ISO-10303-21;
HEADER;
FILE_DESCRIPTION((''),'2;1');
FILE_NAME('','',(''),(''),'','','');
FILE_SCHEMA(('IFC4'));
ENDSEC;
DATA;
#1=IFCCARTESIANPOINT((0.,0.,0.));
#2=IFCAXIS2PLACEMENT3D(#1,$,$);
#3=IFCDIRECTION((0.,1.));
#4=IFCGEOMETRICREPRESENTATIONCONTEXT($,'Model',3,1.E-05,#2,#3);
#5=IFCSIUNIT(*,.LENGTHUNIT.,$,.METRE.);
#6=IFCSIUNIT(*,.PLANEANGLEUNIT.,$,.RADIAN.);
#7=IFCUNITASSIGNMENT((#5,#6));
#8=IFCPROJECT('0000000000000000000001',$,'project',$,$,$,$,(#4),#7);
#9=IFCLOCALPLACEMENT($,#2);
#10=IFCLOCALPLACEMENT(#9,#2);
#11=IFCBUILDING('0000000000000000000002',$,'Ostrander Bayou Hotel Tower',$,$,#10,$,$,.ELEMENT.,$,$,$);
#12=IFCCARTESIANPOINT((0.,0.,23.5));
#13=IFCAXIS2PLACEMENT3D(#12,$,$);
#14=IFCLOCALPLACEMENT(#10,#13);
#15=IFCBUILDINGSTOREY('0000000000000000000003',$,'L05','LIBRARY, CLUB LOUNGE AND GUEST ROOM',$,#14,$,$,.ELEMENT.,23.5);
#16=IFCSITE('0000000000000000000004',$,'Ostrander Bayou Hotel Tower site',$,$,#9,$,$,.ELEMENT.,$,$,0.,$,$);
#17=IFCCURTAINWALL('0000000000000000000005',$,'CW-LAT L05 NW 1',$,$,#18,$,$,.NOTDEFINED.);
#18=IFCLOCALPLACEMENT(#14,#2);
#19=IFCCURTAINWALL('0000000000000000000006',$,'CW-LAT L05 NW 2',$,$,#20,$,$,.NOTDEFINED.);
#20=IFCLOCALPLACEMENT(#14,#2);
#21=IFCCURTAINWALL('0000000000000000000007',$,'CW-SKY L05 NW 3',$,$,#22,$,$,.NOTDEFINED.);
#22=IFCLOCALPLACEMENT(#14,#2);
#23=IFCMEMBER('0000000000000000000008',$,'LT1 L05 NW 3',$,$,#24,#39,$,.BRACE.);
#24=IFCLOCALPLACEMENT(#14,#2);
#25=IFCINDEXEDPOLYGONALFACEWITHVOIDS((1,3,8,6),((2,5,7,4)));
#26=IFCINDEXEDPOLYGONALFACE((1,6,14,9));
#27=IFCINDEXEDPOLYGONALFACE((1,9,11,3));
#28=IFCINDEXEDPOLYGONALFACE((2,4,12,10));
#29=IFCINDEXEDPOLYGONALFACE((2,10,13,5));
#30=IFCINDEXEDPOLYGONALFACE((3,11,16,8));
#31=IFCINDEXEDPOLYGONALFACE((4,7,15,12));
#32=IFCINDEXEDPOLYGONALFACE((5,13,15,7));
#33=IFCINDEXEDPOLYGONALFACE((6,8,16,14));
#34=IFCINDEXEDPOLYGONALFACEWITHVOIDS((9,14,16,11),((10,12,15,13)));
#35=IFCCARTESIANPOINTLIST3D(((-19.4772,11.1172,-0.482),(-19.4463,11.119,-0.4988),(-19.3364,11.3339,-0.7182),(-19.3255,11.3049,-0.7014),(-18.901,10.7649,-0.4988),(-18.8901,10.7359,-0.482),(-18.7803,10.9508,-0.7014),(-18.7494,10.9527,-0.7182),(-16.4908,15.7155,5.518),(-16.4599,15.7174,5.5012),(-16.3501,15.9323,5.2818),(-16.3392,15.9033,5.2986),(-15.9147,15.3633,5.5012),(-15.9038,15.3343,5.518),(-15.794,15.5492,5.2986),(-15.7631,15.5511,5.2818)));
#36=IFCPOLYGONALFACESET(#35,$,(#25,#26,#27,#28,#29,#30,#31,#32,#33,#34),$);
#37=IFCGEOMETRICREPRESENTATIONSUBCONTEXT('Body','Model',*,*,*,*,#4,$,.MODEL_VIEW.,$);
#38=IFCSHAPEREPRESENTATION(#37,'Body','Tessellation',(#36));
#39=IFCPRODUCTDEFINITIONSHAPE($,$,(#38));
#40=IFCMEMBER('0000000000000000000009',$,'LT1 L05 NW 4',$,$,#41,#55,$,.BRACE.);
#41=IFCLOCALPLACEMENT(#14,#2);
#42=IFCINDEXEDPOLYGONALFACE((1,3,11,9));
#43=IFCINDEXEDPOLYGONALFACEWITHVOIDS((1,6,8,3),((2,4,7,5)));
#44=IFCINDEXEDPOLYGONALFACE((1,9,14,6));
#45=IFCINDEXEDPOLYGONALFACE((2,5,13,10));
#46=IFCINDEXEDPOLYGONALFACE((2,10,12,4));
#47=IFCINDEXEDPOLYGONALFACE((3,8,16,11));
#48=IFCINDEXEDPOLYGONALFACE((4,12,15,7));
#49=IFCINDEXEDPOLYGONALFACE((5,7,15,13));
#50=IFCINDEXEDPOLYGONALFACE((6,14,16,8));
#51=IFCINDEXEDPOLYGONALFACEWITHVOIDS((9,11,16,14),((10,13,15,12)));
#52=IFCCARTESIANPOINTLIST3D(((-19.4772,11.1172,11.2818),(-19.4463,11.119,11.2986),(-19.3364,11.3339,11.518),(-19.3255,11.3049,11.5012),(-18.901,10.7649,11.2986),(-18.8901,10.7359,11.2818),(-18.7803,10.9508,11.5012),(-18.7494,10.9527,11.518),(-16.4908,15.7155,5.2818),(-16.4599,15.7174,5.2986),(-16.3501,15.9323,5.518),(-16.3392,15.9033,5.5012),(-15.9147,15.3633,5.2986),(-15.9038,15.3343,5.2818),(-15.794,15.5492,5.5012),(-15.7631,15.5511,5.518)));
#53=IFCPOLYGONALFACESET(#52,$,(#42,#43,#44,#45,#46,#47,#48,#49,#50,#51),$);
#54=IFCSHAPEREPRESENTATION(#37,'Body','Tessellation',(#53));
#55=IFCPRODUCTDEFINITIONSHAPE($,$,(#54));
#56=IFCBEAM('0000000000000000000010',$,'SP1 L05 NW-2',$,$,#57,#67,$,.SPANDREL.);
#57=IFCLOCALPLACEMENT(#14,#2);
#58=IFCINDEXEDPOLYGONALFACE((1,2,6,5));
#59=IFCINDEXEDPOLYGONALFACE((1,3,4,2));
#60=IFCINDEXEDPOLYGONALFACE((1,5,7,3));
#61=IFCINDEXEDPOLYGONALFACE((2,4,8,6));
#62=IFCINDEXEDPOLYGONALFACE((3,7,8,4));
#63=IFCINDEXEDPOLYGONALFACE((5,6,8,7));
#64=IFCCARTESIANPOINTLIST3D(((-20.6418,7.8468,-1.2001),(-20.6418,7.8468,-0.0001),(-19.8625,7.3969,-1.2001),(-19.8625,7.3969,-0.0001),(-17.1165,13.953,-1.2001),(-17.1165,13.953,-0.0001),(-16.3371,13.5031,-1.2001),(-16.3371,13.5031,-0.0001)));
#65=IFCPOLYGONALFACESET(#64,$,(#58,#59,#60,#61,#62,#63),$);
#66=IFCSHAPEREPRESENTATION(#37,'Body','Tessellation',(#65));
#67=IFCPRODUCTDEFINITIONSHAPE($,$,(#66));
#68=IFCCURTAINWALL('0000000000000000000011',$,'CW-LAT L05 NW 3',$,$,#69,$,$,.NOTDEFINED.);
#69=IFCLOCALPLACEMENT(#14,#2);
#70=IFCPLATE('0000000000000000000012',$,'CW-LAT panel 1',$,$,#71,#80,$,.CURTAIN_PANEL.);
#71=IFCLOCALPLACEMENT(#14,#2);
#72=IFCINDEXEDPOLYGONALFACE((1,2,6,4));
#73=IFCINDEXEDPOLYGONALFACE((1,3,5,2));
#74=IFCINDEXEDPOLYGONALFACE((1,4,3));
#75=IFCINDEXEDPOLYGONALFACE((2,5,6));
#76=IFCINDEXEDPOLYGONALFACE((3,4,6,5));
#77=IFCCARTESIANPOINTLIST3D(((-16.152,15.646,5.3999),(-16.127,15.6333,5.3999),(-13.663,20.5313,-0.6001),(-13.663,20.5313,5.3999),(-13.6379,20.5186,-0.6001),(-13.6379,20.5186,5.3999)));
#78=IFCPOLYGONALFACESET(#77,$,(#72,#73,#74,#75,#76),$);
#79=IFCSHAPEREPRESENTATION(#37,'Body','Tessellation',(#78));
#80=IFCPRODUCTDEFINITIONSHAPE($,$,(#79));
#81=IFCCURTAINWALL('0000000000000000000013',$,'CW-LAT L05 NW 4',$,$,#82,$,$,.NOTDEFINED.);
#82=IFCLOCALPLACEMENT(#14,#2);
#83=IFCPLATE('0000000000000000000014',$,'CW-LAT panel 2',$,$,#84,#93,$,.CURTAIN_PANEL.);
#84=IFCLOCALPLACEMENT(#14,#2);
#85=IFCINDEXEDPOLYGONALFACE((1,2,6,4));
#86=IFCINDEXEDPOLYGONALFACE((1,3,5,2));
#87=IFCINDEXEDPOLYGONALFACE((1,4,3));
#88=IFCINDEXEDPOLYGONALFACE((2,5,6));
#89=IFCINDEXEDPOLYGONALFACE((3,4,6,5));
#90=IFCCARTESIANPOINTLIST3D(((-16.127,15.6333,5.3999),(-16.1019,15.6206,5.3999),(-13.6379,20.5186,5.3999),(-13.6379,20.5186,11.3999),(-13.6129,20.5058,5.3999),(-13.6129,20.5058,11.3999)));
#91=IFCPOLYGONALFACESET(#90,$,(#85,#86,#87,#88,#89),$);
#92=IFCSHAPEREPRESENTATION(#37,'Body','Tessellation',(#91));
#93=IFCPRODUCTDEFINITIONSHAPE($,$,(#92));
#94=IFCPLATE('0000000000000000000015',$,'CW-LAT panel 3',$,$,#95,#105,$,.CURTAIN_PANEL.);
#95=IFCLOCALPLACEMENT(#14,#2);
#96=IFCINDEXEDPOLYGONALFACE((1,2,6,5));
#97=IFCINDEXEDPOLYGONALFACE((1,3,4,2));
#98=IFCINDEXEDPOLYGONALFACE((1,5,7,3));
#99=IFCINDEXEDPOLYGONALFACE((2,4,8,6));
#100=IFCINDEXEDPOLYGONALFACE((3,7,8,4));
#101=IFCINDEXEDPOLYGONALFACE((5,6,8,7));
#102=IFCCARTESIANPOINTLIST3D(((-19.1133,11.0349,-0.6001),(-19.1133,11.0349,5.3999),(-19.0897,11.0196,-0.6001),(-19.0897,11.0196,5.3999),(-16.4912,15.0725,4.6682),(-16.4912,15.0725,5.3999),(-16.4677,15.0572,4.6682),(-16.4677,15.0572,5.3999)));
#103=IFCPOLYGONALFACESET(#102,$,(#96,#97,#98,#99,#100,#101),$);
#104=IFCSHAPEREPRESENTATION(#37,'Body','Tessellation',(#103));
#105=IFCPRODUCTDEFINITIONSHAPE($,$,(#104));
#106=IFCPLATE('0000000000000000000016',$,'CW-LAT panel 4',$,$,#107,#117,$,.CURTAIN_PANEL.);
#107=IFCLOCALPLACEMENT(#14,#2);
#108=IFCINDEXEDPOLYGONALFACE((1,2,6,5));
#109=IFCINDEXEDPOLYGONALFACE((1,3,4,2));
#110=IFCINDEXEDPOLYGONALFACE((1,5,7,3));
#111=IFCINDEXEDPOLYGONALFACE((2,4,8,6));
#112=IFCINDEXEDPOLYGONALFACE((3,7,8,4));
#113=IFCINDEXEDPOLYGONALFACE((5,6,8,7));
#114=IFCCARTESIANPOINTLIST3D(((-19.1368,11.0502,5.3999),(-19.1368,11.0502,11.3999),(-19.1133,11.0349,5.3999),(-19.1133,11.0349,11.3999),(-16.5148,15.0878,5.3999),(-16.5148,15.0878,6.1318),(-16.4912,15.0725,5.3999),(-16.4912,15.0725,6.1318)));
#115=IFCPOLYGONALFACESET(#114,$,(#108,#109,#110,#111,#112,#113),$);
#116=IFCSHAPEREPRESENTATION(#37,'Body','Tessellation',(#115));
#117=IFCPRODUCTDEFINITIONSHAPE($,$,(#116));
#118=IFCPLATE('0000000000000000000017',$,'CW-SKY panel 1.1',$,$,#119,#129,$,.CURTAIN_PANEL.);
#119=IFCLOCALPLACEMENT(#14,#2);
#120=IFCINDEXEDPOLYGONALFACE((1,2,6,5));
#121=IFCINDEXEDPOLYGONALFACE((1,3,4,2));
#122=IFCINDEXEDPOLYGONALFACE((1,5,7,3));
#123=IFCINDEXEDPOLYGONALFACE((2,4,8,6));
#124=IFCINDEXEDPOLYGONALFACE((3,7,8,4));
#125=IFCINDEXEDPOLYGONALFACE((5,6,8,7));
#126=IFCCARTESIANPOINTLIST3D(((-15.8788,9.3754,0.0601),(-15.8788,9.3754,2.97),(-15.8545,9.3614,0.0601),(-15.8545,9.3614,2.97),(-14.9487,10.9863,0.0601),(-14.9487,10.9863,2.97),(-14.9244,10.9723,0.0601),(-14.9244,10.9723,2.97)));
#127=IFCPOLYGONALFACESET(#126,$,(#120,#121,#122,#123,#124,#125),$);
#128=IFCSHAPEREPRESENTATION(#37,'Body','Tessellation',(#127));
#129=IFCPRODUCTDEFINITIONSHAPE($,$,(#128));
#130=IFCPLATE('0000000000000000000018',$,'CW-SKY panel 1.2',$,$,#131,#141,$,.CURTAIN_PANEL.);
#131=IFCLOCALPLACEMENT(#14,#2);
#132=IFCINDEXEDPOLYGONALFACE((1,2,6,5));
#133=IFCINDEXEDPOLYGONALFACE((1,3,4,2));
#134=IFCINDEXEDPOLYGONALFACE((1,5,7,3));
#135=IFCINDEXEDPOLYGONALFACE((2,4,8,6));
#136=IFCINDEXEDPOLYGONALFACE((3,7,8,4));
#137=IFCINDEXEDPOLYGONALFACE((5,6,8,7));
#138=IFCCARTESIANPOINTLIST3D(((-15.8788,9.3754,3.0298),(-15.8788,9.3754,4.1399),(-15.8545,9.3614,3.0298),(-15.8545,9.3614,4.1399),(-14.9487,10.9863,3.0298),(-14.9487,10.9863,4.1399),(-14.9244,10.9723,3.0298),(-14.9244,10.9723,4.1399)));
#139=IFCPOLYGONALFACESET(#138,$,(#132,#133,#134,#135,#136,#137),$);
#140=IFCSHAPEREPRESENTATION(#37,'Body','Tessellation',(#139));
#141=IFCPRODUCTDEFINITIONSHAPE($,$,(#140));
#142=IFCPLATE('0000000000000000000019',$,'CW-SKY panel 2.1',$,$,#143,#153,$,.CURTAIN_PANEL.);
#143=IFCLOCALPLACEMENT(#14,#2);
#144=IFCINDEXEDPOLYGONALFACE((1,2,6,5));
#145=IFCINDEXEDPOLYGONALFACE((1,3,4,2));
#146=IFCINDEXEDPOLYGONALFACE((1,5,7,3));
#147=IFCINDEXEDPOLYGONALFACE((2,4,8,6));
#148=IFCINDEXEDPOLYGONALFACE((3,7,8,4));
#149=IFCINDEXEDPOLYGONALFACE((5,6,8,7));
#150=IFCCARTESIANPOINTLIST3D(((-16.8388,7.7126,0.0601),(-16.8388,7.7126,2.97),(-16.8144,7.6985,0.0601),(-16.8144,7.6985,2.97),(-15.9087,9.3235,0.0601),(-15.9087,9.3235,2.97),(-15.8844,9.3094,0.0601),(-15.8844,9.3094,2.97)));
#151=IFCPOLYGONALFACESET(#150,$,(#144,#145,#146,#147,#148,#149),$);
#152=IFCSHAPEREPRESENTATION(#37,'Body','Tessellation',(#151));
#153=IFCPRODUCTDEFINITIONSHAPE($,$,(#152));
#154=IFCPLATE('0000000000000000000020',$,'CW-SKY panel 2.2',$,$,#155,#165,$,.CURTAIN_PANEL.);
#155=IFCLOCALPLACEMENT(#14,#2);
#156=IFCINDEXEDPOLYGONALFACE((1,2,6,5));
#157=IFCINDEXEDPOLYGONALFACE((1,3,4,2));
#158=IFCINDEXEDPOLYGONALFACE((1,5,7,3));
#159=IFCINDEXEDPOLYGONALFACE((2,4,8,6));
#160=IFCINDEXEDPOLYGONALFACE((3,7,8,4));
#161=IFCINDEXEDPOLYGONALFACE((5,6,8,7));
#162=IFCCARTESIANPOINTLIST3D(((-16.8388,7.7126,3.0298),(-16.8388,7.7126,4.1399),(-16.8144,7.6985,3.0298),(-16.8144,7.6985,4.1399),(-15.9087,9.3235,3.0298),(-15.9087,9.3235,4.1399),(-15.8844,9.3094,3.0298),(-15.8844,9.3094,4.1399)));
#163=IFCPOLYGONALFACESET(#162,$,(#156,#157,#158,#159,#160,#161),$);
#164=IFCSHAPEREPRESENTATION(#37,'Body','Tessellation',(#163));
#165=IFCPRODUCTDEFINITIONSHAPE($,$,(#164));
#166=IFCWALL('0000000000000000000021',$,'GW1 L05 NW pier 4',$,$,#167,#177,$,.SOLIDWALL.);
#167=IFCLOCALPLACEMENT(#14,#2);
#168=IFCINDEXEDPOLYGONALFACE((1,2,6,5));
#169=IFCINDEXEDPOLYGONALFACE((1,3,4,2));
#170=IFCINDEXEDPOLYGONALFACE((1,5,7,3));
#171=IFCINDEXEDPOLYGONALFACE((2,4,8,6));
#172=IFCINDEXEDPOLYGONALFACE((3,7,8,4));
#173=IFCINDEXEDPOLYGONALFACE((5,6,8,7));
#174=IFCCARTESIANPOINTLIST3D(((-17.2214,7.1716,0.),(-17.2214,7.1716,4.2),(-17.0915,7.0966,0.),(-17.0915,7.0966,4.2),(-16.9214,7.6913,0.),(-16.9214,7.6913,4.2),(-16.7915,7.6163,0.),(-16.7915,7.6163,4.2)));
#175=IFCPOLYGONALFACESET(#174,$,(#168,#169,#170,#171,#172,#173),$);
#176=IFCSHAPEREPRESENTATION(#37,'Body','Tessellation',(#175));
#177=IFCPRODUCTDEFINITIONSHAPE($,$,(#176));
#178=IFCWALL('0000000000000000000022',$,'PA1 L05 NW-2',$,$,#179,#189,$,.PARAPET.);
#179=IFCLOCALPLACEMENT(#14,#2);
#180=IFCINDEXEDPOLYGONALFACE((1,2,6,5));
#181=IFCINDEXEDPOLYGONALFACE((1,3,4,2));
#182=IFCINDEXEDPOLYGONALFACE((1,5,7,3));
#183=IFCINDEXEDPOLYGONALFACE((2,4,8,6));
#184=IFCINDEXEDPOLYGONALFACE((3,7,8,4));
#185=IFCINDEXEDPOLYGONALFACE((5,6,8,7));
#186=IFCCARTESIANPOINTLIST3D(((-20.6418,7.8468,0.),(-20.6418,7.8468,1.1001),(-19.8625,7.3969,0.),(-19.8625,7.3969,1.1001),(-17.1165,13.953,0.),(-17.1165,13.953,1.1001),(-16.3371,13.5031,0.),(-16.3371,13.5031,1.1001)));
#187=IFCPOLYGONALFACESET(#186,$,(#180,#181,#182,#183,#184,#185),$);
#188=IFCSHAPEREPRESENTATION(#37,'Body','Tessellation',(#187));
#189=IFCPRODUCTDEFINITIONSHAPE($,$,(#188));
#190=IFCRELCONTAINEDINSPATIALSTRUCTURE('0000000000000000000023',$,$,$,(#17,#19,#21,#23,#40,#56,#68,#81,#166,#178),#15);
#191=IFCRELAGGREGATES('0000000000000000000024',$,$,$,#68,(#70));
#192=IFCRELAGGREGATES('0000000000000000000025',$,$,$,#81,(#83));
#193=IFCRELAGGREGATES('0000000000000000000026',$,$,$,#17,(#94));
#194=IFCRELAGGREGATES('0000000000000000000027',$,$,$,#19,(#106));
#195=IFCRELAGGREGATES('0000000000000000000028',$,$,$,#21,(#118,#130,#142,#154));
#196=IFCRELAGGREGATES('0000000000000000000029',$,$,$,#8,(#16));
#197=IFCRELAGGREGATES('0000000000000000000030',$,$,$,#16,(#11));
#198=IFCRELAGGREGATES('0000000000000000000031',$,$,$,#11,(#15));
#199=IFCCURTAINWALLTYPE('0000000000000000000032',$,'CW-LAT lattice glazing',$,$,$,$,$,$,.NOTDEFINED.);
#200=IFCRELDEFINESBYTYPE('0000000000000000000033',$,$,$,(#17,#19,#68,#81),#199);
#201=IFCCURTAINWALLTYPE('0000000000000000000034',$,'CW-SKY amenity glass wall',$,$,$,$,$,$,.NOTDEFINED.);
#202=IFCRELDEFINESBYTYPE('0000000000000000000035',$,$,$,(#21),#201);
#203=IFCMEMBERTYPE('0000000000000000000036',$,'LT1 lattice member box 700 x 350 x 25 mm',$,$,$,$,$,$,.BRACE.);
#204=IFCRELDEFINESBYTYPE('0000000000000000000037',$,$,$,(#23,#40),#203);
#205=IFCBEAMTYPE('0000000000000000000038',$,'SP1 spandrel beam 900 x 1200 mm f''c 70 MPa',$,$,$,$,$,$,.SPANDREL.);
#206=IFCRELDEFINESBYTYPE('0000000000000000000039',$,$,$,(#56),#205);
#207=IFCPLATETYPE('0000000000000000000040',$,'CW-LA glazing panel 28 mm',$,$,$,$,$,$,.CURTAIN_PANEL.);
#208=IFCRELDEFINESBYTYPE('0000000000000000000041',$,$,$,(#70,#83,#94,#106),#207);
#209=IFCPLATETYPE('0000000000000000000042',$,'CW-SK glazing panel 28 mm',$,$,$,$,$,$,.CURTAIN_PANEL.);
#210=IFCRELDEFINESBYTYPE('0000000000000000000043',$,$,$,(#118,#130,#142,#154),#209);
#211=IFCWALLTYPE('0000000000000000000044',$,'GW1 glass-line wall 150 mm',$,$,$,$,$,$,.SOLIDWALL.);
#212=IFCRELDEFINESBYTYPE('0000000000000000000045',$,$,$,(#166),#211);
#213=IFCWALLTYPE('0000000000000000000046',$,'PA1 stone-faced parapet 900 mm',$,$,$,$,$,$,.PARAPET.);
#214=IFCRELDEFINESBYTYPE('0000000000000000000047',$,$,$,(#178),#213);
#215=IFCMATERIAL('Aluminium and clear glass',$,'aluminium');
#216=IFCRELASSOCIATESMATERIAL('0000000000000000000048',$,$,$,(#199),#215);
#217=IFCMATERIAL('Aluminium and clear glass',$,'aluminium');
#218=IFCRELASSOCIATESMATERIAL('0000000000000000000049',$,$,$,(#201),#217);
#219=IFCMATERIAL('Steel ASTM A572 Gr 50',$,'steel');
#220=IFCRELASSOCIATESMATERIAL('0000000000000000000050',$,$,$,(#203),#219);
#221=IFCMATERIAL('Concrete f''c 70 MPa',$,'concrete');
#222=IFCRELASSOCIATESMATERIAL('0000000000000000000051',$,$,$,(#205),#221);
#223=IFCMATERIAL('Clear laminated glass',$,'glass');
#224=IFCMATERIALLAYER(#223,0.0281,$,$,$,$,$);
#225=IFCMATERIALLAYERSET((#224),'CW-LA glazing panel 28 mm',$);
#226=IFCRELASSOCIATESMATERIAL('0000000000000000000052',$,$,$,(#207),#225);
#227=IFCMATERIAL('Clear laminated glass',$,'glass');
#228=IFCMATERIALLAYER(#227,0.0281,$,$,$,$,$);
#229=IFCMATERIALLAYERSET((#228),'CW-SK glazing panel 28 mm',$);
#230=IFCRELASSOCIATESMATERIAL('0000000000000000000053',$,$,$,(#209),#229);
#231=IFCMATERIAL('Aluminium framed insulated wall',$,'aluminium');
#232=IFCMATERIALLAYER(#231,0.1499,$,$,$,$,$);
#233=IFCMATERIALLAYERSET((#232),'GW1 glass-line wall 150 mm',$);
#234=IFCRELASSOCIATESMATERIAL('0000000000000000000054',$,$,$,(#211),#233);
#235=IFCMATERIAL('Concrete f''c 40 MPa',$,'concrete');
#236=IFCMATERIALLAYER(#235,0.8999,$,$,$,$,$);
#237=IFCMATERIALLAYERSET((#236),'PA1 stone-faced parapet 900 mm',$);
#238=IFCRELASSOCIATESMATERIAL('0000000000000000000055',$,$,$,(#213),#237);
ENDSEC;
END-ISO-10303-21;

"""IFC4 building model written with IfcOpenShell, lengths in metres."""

from ifc_helpers import new_model, si_unit, direction, frame, frame_2d, origin, origin_2d, place, context, subcontext, project, spatial, polyline, rectangle, hollow_rectangle, outline, extrude, material, layer, layer_set, material_profile, profile_set, type_object, element, aggregate, save


model = new_model("IFC4")

# Units and contexts
model_context = context("Model", 3, precision=1e-05, world=origin(), true_north=direction((0.0, 1.0)))
body_context = subcontext(model_context, "Body", "Model", "MODEL_VIEW")
ifc_project = project(units=[si_unit("LENGTHUNIT", "METRE"), si_unit("PLANEANGLEUNIT", "RADIAN")], contexts=[model_context])

# Site, building, storey
site_placement = place(None, origin())
site = spatial("IfcSite", under=ifc_project, at=site_placement, Name="Ostrander Bayou Hotel Tower site", CompositionType="ELEMENT", RefElevation=0.0)
building_placement = place(site_placement, origin())
building = spatial("IfcBuilding", under=site, at=building_placement, Name="Ostrander Bayou Hotel Tower", CompositionType="ELEMENT")
storey_placement = place(building_placement, frame((0.0, 0.0, 23.5)))
storey = spatial("IfcBuildingStorey", under=building, at=storey_placement, Name="L05", Description="LIBRARY, CLUB LOUNGE AND GUEST ROOM", CompositionType="ELEMENT", Elevation=23.5)

# Curtain walls
ifc_material_1 = material(Name="Aluminium and clear glass", Category="aluminium")
curtain_wall_type_1 = type_object("IfcCurtainWallType", Name="CW-LAT lattice glazing", PredefinedType="NOTDEFINED", material=ifc_material_1)
curtain_wall_1_placement = place(storey_placement, origin())
curtain_wall_1 = element("IfcCurtainWall", 1, at=curtain_wall_1_placement, inside=storey, type_object=curtain_wall_type_1, Name="CW-LAT L05 NW 1", PredefinedType="NOTDEFINED")
curtain_wall_2_placement = place(storey_placement, origin())
curtain_wall_2 = element("IfcCurtainWall", 2, at=curtain_wall_2_placement, inside=storey, type_object=curtain_wall_type_1, Name="CW-LAT L05 NW 2", PredefinedType="NOTDEFINED")
ifc_material_2 = material(Name="Aluminium and clear glass", Category="aluminium")
curtain_wall_type_2 = type_object("IfcCurtainWallType", Name="CW-SKY amenity glass wall", PredefinedType="NOTDEFINED", material=ifc_material_2)
curtain_wall_3_placement = place(storey_placement, origin())
curtain_wall_3 = element("IfcCurtainWall", 3, at=curtain_wall_3_placement, inside=storey, type_object=curtain_wall_type_2, Name="CW-SKY L05 NW 3", PredefinedType="NOTDEFINED")

# Members
ifc_material_3 = material(Name="Steel ASTM A572 Gr 50", Category="steel")
ifc_material_profile_1 = material_profile(ifc_material_3, hollow_rectangle(XDim=0.7, YDim=0.3501, WallThickness=0.0249, at=origin_2d()))
ifc_profile_set_1 = profile_set([ifc_material_profile_1], Name="Steel ASTM A572 Gr 50")
member_type_1 = type_object("IfcMemberType", Name="LT1 lattice member box 700 x 350 x 25 mm", PredefinedType="BRACE", material=ifc_profile_set_1)
for number, where, z_axis, x_axis, name in (
    (4, (-16.127, 15.6333, 5.3999), (-0.367415, -0.565751, -0.738195), (0.838662, -0.544652, 0.0), "LT1 L05 NW 3"),
    (5, (-16.127, 15.6333, 5.3999), (-0.367415, -0.565751, 0.738195), (0.838662, -0.544652, 0.0), "LT1 L05 NW 4"),
):
    element("IfcMember", number, at=place(storey_placement, frame(where, z_axis=z_axis, x_axis=x_axis)), inside=storey, type_object=member_type_1, Name=name, PredefinedType="BRACE", context=body_context, shape_type="SweptSolid", body=[
        extrude(hollow_rectangle(XDim=0.7, YDim=0.3501, WallThickness=0.0249, at=origin_2d()), origin(), (0.0, 0.0, 1.0), 8.1279),
    ])

# Beam
ifc_material_4 = material(Name="Concrete f'c 70 MPa", Category="concrete")
ifc_material_profile_2 = material_profile(ifc_material_4, rectangle(XDim=0.8999, YDim=1.2, at=origin_2d()))
ifc_profile_set_2 = profile_set([ifc_material_profile_2], Name="Concrete f'c 70 MPa")
beam_type_1 = type_object("IfcBeamType", Name="SP1 spandrel beam 900 x 1200 mm f'c 70 MPa", PredefinedType="SPANDREL", material=ifc_profile_set_2)
beam_1_placement = place(storey_placement, frame((-16.7268, 13.728, -0.6001), z_axis=(-0.499997, -0.866027, 0.0), x_axis=(0.866027, -0.499997, 0.0)))
element("IfcBeam", 6, at=beam_1_placement, inside=storey, type_object=beam_type_1, Name="SP1 L05 NW-2", PredefinedType="SPANDREL", context=body_context, shape_type="SweptSolid", body=[
    extrude(rectangle(XDim=0.8999, YDim=1.2, at=origin_2d()), origin(), (0.0, 0.0, 1.0), 7.0508),
])

# Curtain walls, plates
curtain_wall_4_placement = place(storey_placement, origin())
curtain_wall_4 = element("IfcCurtainWall", 7, at=curtain_wall_4_placement, inside=storey, type_object=curtain_wall_type_1, Name="CW-LAT L05 NW 3", PredefinedType="NOTDEFINED")
ifc_material_5 = material(Name="Clear laminated glass", Category="glass")
ifc_layer_1 = layer(ifc_material_5, 0.0281)
ifc_layer_set_1 = layer_set([ifc_layer_1], Name="CW-LA glazing panel 28 mm")
plate_type_1 = type_object("IfcPlateType", Name="CW-LA glazing panel 28 mm", PredefinedType="CURTAIN_PANEL", material=ifc_layer_set_1)
plate_1_placement = place(storey_placement, frame((-16.127, 15.6333, 5.3999), z_axis=(0.891017, -0.453969, 0.0), x_axis=(0.306235, 0.601056, -0.738208)))
plate_1 = element("IfcPlate", 8, at=plate_1_placement, type_object=plate_type_1, Name="CW-LAT panel 1", PredefinedType="CURTAIN_PANEL", context=body_context, shape_type="SweptSolid", body=[
    extrude(outline(polyline([(0.0, 0.0), (8.1278, 0.0), (3.6985, 4.0474), (0.0, 0.0)])), origin(), (0.0, 0.0, -1.0), 0.0281),
])
aggregate(curtain_wall_4, [plate_1])
curtain_wall_5_placement = place(storey_placement, origin())
curtain_wall_5 = element("IfcCurtainWall", 9, at=curtain_wall_5_placement, inside=storey, type_object=curtain_wall_type_1, Name="CW-LAT L05 NW 4", PredefinedType="NOTDEFINED")
plate_2_placement = place(storey_placement, frame((-16.127, 15.6333, 5.3999), z_axis=(-0.891017, 0.453969, 0.0), x_axis=(0.306235, 0.601056, 0.738208)))
plate_2 = element("IfcPlate", 10, at=plate_2_placement, type_object=plate_type_1, Name="CW-LAT panel 2", PredefinedType="CURTAIN_PANEL", context=body_context, shape_type="SweptSolid", body=[
    extrude(outline(polyline([(0.0, 0.0), (8.1278, 0.0), (3.6985, 4.0474), (0.0, 0.0)])), origin(), (0.0, 0.0, -1.0), 0.0281),
])
aggregate(curtain_wall_5, [plate_2])

# Plates
plate_3_placement = place(storey_placement, frame((-16.4912, 15.0725, 4.6682), z_axis=(-0.838668, 0.544643, 0.0), x_axis=(-0.367406, -0.565751, -0.738199)))
plate_3 = element("IfcPlate", 11, at=plate_3_placement, type_object=plate_type_1, Name="CW-LAT panel 3", PredefinedType="CURTAIN_PANEL", context=body_context, shape_type="SweptSolid", body=[
    extrude(outline(polyline([(0.0, 0.0), (7.1367, 0.0), (2.7075, 4.0475), (-0.5401, 0.4936), (0.0, 0.0)])), origin(), (0.0, 0.0, -1.0), 0.0281),
])
aggregate(curtain_wall_1, [plate_3])
plate_4_placement = place(storey_placement, frame((-16.4912, 15.0725, 6.1318), z_axis=(0.838668, -0.544643, 0.0), x_axis=(-0.367416, -0.565765, 0.738184)))
plate_4 = element("IfcPlate", 12, at=plate_4_placement, type_object=plate_type_1, Name="CW-LAT panel 4", PredefinedType="CURTAIN_PANEL", context=body_context, shape_type="SweptSolid", body=[
    extrude(outline(polyline([(0.0, 0.0), (7.1365, 0.0), (2.7074, 4.0476), (-0.5403, 0.4938), (0.0, 0.0)])), origin(), (0.0, 0.0, -1.0), 0.0281),
])
aggregate(curtain_wall_2, [plate_4])
ifc_material_6 = material(Name="Clear laminated glass", Category="glass")
ifc_layer_2 = layer(ifc_material_6, 0.0281)
ifc_layer_set_2 = layer_set([ifc_layer_2], Name="CW-SK glazing panel 28 mm")
plate_type_2 = type_object("IfcPlateType", Name="CW-SK glazing panel 28 mm", PredefinedType="CURTAIN_PANEL", material=ifc_layer_set_2)
plate_5_placement = place(storey_placement, frame((-15.4016, 10.1738, 0.0601), z_axis=(0.0, 0.0, 1.0), x_axis=(-0.5, -0.866025, 0.0)))
plate_5 = element("IfcPlate", 13, at=plate_5_placement, type_object=plate_type_2, Name="CW-SKY panel 1.1", PredefinedType="CURTAIN_PANEL", context=body_context, shape_type="SweptSolid", body=[
    extrude(rectangle(XDim=1.8601, YDim=0.0281, at=origin_2d()), origin(), (0.0, 0.0, 1.0), 2.9099),
])
plate_6_placement = place(storey_placement, frame((-15.4016, 10.1738, 3.0298), z_axis=(0.0, 0.0, 1.0), x_axis=(-0.5, -0.866025, 0.0)))
plate_6 = element("IfcPlate", 14, at=plate_6_placement, type_object=plate_type_2, Name="CW-SKY panel 1.2", PredefinedType="CURTAIN_PANEL", context=body_context, shape_type="SweptSolid", body=[
    extrude(rectangle(XDim=1.8601, YDim=0.0281, at=origin_2d()), origin(), (0.0, 0.0, 1.0), 1.1101),
])
plate_7_placement = place(storey_placement, frame((-16.3616, 8.511, 0.0601), z_axis=(0.0, 0.0, 1.0), x_axis=(-0.5, -0.866025, 0.0)))
plate_7 = element("IfcPlate", 15, at=plate_7_placement, type_object=plate_type_2, Name="CW-SKY panel 2.1", PredefinedType="CURTAIN_PANEL", context=body_context, shape_type="SweptSolid", body=[
    extrude(rectangle(XDim=1.8601, YDim=0.0281, at=origin_2d()), origin(), (0.0, 0.0, 1.0), 2.9099),
])
plate_8_placement = place(storey_placement, frame((-16.3616, 8.511, 3.0298), z_axis=(0.0, 0.0, 1.0), x_axis=(-0.5, -0.866025, 0.0)))
plate_8 = element("IfcPlate", 16, at=plate_8_placement, type_object=plate_type_2, Name="CW-SKY panel 2.2", PredefinedType="CURTAIN_PANEL", context=body_context, shape_type="SweptSolid", body=[
    extrude(rectangle(XDim=1.8601, YDim=0.0281, at=origin_2d()), origin(), (0.0, 0.0, 1.0), 1.1101),
])
aggregate(curtain_wall_3, [plate_5, plate_6, plate_7, plate_8])

# Walls
ifc_material_7 = material(Name="Aluminium framed insulated wall", Category="aluminium")
ifc_layer_3 = layer(ifc_material_7, 0.1499)
ifc_layer_set_3 = layer_set([ifc_layer_3], Name="GW1 glass-line wall 150 mm")
wall_type_1 = type_object("IfcWallType", Name="GW1 glass-line wall 150 mm", PredefinedType="SOLIDWALL", material=ifc_layer_set_3)
wall_1_placement = place(storey_placement, frame((-16.8564, 7.6538, 0.0), z_axis=(0.0, 0.0, 1.0), x_axis=(-0.499945, -0.866057, 0.0)))
element("IfcWall", 17, at=wall_1_placement, inside=storey, type_object=wall_type_1, Name="GW1 L05 NW pier 4", PredefinedType="SOLIDWALL", context=body_context, shape_type="SweptSolid", body=[
    extrude(rectangle(XDim=0.6001, YDim=0.1499, at=frame_2d((0.3, 0.0))), origin(), (0.0, 0.0, 1.0), 4.2),
])
ifc_material_8 = material(Name="Concrete f'c 40 MPa", Category="concrete")
ifc_layer_4 = layer(ifc_material_8, 0.8999)
ifc_layer_set_4 = layer_set([ifc_layer_4], Name="PA1 stone-faced parapet 900 mm")
wall_type_2 = type_object("IfcWallType", Name="PA1 stone-faced parapet 900 mm", PredefinedType="PARAPET", material=ifc_layer_set_4)
wall_2_placement = place(storey_placement, frame((-16.7268, 13.728, 0.0), z_axis=(0.0, 0.0, 1.0), x_axis=(-0.499997, -0.866027, 0.0)))
element("IfcWall", 18, at=wall_2_placement, inside=storey, type_object=wall_type_2, Name="PA1 L05 NW-2", PredefinedType="PARAPET", context=body_context, shape_type="SweptSolid", body=[
    extrude(rectangle(XDim=7.0508, YDim=0.8999, at=frame_2d((3.5254, 0.0))), origin(), (0.0, 0.0, 1.0), 1.1001),
])

save(model, "model.ifc")
